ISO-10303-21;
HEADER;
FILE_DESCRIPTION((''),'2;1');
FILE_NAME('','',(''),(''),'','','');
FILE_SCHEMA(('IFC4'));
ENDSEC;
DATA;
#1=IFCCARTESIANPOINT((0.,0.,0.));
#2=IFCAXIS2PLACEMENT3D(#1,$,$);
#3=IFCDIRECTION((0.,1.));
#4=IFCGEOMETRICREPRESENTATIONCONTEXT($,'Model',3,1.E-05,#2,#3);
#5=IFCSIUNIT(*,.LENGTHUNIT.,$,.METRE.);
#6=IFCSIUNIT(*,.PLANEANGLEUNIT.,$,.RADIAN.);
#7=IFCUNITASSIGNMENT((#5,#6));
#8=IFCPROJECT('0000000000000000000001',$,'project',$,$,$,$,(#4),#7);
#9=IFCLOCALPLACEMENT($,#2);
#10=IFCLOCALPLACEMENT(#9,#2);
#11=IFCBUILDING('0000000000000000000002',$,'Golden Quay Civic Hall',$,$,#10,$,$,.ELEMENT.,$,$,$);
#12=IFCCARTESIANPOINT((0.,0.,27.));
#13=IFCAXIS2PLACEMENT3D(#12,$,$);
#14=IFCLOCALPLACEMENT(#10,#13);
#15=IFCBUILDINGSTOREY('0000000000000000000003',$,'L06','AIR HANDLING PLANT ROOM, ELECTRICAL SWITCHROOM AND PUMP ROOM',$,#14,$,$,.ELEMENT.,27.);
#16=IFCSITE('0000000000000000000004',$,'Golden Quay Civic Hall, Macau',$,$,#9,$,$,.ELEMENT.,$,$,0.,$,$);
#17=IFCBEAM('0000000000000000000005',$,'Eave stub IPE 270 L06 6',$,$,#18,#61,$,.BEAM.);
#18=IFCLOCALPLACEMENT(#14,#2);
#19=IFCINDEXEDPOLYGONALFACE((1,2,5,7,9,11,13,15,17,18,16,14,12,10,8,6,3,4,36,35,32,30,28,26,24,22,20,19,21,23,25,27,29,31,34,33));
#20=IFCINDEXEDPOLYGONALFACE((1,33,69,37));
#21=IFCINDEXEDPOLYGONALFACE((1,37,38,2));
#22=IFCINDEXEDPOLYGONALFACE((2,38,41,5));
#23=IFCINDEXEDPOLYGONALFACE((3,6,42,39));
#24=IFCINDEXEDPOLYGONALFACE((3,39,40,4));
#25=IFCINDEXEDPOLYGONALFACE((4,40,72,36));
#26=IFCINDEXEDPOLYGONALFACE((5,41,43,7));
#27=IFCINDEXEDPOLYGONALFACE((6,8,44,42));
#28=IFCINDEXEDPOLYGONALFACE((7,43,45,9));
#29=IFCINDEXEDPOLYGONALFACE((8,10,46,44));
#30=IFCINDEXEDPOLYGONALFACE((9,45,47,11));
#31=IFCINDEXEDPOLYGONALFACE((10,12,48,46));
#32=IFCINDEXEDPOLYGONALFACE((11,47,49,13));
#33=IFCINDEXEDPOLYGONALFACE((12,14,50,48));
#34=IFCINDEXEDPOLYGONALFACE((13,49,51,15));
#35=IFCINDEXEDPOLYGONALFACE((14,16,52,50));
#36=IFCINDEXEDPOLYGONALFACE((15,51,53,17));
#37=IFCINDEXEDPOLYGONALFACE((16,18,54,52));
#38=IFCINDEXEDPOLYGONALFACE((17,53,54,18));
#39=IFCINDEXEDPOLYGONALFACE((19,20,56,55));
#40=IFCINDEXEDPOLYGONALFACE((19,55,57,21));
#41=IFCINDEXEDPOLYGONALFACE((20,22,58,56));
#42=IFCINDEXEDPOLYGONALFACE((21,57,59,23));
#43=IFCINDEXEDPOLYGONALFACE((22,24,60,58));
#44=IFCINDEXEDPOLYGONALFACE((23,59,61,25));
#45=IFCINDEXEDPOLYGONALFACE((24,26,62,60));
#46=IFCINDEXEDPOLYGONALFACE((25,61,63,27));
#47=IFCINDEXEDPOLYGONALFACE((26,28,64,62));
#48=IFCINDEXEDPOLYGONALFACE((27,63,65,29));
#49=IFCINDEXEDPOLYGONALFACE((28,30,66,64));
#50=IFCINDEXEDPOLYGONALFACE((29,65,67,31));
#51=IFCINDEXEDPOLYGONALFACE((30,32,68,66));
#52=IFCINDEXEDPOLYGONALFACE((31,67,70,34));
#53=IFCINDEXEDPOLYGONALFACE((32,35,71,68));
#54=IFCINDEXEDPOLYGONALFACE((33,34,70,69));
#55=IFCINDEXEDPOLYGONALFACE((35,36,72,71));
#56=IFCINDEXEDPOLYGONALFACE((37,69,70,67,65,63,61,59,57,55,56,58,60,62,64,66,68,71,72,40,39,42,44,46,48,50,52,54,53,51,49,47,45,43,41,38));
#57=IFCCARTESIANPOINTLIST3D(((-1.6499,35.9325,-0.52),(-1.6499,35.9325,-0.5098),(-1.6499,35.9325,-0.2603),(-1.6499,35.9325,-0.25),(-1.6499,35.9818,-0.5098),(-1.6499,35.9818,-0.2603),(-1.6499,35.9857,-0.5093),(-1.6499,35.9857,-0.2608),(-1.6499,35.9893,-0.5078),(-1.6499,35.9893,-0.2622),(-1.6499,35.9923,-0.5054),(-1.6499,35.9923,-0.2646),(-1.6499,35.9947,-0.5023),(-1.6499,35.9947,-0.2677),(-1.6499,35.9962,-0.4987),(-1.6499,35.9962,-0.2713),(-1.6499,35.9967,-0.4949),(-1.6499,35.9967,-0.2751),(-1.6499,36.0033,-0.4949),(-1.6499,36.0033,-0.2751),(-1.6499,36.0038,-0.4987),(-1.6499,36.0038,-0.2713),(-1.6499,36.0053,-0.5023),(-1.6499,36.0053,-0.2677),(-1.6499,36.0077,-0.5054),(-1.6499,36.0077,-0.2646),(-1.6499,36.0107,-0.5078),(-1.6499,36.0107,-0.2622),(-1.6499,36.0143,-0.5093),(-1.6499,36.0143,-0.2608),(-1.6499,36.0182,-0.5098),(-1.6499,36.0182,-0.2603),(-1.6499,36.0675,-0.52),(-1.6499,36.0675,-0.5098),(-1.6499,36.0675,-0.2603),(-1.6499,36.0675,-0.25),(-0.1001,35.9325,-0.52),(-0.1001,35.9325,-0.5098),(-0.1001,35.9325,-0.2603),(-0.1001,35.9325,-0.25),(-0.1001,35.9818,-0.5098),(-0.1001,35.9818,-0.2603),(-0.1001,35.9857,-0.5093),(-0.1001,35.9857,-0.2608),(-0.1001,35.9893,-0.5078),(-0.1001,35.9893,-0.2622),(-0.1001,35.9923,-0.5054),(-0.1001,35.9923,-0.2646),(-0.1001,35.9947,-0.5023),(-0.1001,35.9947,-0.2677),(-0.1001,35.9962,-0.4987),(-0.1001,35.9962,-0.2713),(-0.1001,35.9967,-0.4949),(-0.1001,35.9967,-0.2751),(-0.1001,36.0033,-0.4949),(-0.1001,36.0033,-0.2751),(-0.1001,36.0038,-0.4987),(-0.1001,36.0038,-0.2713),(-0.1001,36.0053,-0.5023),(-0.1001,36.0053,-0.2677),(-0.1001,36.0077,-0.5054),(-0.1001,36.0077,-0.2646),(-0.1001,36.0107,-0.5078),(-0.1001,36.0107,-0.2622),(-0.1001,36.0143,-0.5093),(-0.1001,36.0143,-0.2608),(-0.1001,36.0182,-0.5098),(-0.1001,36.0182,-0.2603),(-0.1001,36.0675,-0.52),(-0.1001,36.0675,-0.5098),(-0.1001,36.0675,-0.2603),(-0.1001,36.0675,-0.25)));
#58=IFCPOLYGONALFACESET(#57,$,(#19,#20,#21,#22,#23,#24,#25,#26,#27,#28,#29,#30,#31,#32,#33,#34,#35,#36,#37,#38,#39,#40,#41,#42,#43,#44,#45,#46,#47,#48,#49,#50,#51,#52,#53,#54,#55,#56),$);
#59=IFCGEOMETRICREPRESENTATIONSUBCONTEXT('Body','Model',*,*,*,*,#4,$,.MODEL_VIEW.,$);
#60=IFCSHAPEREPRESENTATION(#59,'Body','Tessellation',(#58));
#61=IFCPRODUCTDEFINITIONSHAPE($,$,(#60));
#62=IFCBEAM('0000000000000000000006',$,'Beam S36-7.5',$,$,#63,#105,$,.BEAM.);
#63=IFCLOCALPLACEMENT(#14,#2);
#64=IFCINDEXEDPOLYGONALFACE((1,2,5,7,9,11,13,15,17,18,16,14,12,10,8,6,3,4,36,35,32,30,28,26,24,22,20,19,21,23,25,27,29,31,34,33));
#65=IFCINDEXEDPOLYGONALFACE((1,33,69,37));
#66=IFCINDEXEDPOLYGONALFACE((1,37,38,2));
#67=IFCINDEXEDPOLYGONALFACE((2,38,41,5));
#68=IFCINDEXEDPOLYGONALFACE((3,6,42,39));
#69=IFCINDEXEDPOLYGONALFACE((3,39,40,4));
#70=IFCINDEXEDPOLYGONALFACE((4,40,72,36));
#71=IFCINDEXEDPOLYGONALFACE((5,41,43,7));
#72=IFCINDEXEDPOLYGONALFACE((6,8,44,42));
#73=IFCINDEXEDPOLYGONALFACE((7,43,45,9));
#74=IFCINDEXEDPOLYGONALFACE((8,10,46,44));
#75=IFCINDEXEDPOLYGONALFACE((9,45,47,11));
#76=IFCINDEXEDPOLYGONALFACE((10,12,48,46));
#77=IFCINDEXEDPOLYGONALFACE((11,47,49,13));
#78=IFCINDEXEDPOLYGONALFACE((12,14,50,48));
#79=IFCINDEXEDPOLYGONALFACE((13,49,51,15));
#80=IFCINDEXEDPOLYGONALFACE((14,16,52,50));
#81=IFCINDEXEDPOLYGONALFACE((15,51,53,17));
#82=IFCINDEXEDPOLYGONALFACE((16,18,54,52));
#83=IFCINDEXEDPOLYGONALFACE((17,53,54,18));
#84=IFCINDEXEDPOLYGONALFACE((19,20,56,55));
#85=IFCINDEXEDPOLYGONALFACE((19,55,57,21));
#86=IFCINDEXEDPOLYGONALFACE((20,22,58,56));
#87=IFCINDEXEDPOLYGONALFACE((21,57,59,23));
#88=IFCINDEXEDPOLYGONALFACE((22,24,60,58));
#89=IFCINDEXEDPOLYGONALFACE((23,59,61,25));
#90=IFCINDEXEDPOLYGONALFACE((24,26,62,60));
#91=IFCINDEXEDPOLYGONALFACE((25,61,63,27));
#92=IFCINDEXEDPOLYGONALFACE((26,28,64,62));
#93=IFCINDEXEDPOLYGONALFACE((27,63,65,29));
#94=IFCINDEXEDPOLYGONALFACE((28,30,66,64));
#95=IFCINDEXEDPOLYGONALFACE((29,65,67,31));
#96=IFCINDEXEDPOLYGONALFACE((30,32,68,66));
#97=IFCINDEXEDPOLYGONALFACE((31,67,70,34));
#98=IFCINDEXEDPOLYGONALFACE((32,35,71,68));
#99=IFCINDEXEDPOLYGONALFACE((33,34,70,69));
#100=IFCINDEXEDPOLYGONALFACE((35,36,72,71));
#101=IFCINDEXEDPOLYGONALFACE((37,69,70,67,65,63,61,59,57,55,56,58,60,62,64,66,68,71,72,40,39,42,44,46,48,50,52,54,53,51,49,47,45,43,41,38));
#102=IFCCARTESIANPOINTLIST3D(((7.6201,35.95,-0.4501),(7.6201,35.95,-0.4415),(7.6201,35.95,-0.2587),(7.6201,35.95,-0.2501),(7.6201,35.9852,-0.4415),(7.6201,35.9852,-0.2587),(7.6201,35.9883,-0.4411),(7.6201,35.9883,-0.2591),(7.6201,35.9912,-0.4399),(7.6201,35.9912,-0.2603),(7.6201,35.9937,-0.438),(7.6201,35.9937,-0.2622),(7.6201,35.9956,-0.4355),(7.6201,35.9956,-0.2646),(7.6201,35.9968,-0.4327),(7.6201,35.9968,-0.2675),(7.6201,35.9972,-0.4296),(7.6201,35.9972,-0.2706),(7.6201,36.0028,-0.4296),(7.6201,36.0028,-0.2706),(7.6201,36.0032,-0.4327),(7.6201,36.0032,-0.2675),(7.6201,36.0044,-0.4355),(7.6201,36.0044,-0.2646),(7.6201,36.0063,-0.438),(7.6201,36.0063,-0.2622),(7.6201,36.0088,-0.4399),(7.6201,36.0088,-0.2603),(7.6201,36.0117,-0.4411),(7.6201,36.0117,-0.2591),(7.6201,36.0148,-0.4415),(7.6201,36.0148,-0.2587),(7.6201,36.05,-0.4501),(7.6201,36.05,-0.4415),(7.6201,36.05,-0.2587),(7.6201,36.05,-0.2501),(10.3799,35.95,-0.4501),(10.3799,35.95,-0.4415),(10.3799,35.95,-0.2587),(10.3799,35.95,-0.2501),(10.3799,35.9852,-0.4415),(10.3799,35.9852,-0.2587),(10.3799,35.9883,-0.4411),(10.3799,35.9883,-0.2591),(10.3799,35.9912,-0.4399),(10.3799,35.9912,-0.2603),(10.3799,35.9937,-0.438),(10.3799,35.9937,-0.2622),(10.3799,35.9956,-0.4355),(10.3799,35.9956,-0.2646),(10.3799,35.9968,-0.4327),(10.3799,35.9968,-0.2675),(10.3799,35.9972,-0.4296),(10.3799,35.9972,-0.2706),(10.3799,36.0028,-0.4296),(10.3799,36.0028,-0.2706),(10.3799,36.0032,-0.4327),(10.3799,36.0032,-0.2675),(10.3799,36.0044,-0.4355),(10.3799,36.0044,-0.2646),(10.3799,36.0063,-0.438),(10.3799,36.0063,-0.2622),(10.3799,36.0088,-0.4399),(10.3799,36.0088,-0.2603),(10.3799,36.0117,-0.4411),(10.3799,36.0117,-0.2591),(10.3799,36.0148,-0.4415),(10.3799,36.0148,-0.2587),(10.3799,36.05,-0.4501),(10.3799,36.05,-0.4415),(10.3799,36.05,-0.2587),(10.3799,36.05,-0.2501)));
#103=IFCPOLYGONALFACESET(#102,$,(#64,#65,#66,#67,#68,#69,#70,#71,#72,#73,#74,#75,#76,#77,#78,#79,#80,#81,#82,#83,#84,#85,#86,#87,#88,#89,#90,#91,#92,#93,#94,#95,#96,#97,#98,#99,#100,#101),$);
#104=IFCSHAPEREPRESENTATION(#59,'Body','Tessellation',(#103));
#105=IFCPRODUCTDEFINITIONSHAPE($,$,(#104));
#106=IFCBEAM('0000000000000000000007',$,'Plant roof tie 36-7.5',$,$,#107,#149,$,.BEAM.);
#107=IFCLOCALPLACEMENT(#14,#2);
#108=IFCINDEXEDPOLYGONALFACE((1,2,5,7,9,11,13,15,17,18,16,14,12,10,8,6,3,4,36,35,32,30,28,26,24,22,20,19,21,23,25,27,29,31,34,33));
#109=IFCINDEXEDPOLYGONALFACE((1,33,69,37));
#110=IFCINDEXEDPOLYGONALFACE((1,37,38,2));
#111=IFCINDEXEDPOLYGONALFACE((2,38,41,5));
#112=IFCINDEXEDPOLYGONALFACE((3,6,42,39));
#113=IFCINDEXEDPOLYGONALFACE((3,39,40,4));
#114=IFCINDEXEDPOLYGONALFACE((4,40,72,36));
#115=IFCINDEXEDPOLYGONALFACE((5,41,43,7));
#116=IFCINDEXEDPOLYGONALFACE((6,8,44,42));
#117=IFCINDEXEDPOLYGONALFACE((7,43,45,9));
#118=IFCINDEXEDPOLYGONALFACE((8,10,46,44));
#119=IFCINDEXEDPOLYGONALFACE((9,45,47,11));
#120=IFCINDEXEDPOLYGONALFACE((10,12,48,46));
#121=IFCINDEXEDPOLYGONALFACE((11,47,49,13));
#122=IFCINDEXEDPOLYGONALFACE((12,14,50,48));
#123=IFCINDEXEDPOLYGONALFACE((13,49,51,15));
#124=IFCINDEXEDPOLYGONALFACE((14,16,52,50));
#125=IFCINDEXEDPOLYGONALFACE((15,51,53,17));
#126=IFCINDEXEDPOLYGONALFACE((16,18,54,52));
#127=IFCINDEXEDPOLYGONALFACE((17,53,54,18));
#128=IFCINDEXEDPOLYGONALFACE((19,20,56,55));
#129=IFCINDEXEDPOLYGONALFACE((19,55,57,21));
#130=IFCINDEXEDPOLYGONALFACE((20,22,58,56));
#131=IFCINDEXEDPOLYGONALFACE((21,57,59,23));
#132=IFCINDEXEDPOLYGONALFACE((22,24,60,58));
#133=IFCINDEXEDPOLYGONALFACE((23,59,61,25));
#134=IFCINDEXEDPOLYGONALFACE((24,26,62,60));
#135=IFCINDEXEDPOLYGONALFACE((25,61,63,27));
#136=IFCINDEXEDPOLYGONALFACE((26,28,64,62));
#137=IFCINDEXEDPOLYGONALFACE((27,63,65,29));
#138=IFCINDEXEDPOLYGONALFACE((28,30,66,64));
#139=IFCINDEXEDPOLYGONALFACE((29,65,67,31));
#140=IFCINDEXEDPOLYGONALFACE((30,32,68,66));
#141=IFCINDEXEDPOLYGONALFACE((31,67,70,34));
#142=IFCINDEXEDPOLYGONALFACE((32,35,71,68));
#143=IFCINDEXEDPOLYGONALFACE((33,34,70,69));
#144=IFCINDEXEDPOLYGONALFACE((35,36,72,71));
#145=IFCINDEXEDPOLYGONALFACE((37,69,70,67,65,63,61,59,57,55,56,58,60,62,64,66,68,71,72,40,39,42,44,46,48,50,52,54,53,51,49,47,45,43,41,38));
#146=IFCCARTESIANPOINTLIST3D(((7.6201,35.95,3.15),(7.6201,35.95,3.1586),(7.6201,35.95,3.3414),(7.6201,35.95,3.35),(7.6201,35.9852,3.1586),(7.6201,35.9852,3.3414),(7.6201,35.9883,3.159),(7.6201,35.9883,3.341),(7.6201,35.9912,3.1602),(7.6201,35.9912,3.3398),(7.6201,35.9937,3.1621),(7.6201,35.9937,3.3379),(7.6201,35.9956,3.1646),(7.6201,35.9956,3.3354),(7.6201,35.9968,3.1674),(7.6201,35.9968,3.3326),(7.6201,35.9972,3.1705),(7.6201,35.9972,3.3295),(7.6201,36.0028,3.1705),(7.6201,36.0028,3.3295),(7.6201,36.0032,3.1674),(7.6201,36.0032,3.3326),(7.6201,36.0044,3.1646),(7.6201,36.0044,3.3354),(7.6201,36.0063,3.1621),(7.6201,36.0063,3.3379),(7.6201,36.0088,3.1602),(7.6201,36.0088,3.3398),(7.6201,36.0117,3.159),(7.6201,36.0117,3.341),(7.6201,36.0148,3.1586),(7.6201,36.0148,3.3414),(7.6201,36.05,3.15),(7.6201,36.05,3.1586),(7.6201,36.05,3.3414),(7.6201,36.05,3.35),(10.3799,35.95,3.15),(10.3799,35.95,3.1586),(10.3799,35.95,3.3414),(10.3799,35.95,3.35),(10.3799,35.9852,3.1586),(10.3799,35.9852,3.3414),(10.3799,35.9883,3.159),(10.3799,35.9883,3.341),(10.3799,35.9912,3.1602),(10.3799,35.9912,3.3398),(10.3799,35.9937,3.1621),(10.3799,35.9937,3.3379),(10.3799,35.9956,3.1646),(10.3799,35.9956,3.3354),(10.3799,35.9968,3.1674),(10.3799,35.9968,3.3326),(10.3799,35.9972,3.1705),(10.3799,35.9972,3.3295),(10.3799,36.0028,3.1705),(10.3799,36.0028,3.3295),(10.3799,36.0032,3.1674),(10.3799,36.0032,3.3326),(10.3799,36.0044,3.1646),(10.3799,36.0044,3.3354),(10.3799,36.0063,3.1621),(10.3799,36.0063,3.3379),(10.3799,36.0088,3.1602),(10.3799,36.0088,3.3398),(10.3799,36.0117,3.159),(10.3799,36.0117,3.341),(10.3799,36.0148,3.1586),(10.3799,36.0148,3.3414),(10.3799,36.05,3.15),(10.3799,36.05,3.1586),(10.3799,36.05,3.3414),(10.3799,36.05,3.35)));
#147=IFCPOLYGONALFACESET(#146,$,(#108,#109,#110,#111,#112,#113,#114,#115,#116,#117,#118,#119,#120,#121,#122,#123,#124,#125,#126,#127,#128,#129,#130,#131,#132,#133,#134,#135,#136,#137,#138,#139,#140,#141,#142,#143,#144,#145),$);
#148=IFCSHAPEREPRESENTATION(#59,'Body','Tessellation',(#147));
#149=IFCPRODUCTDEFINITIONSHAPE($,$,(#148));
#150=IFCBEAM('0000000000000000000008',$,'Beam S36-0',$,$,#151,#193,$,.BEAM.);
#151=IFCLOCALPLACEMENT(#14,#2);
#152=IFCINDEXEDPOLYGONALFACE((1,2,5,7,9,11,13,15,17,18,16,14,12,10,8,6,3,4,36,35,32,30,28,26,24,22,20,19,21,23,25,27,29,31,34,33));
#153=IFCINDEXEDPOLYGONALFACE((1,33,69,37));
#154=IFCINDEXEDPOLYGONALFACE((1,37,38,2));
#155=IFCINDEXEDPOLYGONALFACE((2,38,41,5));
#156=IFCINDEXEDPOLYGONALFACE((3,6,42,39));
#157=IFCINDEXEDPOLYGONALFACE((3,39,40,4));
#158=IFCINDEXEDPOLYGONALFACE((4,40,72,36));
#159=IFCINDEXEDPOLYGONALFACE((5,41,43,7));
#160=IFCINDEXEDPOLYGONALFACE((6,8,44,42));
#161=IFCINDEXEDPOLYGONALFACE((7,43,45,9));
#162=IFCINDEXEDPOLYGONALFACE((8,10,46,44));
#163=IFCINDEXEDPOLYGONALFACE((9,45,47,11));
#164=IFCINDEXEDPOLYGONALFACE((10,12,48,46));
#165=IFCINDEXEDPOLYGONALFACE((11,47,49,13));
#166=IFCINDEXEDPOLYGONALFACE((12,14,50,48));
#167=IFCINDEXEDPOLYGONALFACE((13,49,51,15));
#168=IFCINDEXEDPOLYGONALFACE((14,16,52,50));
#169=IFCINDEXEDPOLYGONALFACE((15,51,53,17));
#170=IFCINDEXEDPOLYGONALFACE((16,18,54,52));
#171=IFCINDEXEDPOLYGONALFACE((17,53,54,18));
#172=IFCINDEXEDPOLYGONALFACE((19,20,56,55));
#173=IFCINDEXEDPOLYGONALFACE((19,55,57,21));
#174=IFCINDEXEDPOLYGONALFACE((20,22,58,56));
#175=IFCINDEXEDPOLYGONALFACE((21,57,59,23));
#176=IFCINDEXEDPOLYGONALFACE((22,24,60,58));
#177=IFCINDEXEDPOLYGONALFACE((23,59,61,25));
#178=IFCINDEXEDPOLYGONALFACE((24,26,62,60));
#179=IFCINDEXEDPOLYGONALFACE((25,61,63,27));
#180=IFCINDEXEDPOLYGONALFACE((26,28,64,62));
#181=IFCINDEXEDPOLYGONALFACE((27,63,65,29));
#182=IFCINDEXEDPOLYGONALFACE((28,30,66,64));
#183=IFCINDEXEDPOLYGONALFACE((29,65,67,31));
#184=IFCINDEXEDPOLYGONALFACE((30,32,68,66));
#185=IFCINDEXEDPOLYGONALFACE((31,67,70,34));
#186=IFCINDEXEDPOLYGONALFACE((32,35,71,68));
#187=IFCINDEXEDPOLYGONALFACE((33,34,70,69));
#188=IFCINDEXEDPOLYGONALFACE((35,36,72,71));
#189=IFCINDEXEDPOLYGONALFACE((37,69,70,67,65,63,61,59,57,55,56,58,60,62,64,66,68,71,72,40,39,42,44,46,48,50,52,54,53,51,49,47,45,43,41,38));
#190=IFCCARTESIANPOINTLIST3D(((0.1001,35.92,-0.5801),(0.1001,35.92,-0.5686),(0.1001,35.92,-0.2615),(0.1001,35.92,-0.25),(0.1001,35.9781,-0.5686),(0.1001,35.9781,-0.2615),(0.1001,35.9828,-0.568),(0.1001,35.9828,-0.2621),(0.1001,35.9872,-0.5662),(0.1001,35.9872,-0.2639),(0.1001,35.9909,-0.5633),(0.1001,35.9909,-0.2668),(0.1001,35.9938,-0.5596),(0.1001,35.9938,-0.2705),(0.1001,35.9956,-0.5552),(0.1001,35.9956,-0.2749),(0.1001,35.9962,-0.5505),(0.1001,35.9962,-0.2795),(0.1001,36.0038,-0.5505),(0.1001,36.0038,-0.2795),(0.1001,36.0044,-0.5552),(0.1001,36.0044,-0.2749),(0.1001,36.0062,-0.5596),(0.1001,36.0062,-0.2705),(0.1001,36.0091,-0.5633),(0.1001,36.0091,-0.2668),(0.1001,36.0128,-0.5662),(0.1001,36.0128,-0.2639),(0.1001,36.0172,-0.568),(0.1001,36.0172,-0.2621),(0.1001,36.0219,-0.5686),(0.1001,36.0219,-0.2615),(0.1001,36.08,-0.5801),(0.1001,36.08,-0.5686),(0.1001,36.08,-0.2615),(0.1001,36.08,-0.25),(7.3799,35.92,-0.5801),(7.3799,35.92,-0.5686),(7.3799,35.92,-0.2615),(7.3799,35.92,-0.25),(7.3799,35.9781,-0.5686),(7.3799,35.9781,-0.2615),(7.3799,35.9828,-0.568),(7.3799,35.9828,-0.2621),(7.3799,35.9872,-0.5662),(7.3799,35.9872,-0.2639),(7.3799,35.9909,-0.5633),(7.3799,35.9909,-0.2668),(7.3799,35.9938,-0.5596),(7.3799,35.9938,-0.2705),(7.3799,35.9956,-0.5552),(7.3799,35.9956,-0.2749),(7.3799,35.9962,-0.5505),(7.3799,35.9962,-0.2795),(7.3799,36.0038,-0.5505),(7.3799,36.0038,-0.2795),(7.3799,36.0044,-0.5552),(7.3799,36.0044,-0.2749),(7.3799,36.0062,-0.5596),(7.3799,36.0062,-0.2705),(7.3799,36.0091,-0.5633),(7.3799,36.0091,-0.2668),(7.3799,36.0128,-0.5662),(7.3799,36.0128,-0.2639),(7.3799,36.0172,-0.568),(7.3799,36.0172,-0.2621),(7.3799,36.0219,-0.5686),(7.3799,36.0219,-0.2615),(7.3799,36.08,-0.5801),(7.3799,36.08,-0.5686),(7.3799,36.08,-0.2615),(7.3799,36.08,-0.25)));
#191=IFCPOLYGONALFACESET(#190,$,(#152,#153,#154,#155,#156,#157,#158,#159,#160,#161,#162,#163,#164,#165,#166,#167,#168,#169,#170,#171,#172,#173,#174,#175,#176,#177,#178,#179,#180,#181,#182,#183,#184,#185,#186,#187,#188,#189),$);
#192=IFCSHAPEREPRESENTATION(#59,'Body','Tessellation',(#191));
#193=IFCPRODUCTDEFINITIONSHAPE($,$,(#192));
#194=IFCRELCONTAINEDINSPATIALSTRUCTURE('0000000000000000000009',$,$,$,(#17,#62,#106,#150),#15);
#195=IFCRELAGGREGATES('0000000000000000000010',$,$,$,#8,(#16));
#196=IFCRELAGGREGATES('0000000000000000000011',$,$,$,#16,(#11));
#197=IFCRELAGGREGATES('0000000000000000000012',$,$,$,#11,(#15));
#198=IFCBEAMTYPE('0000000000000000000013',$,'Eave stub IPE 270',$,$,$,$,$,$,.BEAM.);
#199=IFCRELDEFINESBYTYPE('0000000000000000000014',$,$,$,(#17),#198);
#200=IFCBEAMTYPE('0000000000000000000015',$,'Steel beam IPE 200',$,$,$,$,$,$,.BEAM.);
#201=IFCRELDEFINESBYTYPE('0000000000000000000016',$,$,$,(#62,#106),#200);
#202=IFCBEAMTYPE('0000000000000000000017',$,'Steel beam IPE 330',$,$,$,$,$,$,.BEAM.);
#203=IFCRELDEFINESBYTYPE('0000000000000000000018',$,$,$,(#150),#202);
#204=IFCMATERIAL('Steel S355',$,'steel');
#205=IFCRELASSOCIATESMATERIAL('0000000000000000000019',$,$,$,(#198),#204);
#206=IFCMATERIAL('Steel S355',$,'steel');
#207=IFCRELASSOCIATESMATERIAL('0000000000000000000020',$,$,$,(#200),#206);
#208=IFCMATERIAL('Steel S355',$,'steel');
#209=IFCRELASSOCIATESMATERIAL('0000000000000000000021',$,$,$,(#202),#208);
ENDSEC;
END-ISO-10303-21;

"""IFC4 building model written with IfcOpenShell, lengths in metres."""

from ifc_helpers import new_model, si_unit, direction, frame, origin, origin_2d, place, context, subcontext, project, spatial, i_section, extrude, material, material_profile, profile_set, type_object, element, save


model = new_model("IFC4")

# Units and contexts
model_context = context("Model", 3, precision=1e-05, world=origin(), true_north=direction((0.0, 1.0)))
body_context = subcontext(model_context, "Body", "Model", "MODEL_VIEW")
ifc_project = project(units=[si_unit("LENGTHUNIT", "METRE"), si_unit("PLANEANGLEUNIT", "RADIAN")], contexts=[model_context])

# Site, building, storey
site_placement = place(None, origin())
site = spatial("IfcSite", under=ifc_project, at=site_placement, Name="Golden Quay Civic Hall, Macau", CompositionType="ELEMENT", RefElevation=0.0)
building_placement = place(site_placement, origin())
building = spatial("IfcBuilding", under=site, at=building_placement, Name="Golden Quay Civic Hall", CompositionType="ELEMENT")
storey_placement = place(building_placement, frame((0.0, 0.0, 27.0)))
storey = spatial("IfcBuildingStorey", under=building, at=storey_placement, Name="L06", Description="AIR HANDLING PLANT ROOM, ELECTRICAL SWITCHROOM AND PUMP ROOM", CompositionType="ELEMENT", Elevation=27.0)

# Beams
ifc_material_1 = material(Name="Steel S355", Category="steel")
ifc_material_profile_1 = material_profile(ifc_material_1, i_section(OverallWidth=0.135, OverallDepth=0.27, WebThickness=0.0066, FlangeThickness=0.0103, FilletRadius=0.0149, at=origin_2d()), Name="IPE 270")
ifc_profile_set_1 = profile_set([ifc_material_profile_1], Name="Steel S355")
beam_type_1 = type_object("IfcBeamType", Name="Eave stub IPE 270", PredefinedType="BEAM", material=ifc_profile_set_1)
beam_1_placement = place(storey_placement, frame((-0.1001, 36.0, -0.385), z_axis=(-1.0, 0.0, 0.0), x_axis=(0.0, -1.0, 0.0)))
element("IfcBeam", 1, at=beam_1_placement, inside=storey, type_object=beam_type_1, Name="Eave stub IPE 270 L06 6", PredefinedType="BEAM", context=body_context, shape_type="SweptSolid", body=[
    extrude(i_section(OverallWidth=0.135, OverallDepth=0.27, WebThickness=0.0066, FlangeThickness=0.0103, FilletRadius=0.0149, at=origin_2d()), origin(), (0.0, 0.0, 1.0), 1.5498),
])
ifc_material_2 = material(Name="Steel S355", Category="steel")
ifc_material_profile_2 = material_profile(ifc_material_2, i_section(OverallWidth=0.1001, OverallDepth=0.2, WebThickness=0.0056, FlangeThickness=0.0085, FilletRadius=0.012, at=origin_2d()), Name="IPE 200")
ifc_profile_set_2 = profile_set([ifc_material_profile_2], Name="Steel S355")
beam_type_2 = type_object("IfcBeamType", Name="Steel beam IPE 200", PredefinedType="BEAM", material=ifc_profile_set_2)
for number, where, z_axis, x_axis, name in (
    (2, (7.6201, 36.0, -0.3501), (1.0, 0.0, 0.0), (0.0, 1.0, 0.0), "Beam S36-7.5"),
    (3, (7.6201, 36.0, 3.25), (1.0, 0.0, 0.0), (0.0, 1.0, 0.0), "Plant roof tie 36-7.5"),
):
    element("IfcBeam", number, at=place(storey_placement, frame(where, z_axis=z_axis, x_axis=x_axis)), inside=storey, type_object=beam_type_2, Name=name, PredefinedType="BEAM", context=body_context, shape_type="SweptSolid", body=[
        extrude(i_section(OverallWidth=0.1001, OverallDepth=0.2, WebThickness=0.0056, FlangeThickness=0.0085, FilletRadius=0.012, at=origin_2d()), origin(), (0.0, 0.0, 1.0), 2.7598),
    ])
ifc_material_3 = material(Name="Steel S355", Category="steel")
ifc_material_profile_3 = material_profile(ifc_material_3, i_section(OverallWidth=0.1599, OverallDepth=0.3301, WebThickness=0.0076, FlangeThickness=0.0115, FilletRadius=0.0181, at=origin_2d()), Name="IPE 330")
ifc_profile_set_3 = profile_set([ifc_material_profile_3], Name="Steel S355")
beam_type_3 = type_object("IfcBeamType", Name="Steel beam IPE 330", PredefinedType="BEAM", material=ifc_profile_set_3)
for number, where, z_axis, x_axis, name in (
    (4, (0.1001, 36.0, -0.415), (1.0, 0.0, 0.0), (0.0, 1.0, 0.0), "Beam S36-0"),
):
    element("IfcBeam", number, at=place(storey_placement, frame(where, z_axis=z_axis, x_axis=x_axis)), inside=storey, type_object=beam_type_3, Name=name, PredefinedType="BEAM", context=body_context, shape_type="SweptSolid", body=[
        extrude(i_section(OverallWidth=0.1599, OverallDepth=0.3301, WebThickness=0.0076, FlangeThickness=0.0115, FilletRadius=0.0181, at=origin_2d()), origin(), (0.0, 0.0, 1.0), 7.2798),
    ])

save(model, "model.ifc")
